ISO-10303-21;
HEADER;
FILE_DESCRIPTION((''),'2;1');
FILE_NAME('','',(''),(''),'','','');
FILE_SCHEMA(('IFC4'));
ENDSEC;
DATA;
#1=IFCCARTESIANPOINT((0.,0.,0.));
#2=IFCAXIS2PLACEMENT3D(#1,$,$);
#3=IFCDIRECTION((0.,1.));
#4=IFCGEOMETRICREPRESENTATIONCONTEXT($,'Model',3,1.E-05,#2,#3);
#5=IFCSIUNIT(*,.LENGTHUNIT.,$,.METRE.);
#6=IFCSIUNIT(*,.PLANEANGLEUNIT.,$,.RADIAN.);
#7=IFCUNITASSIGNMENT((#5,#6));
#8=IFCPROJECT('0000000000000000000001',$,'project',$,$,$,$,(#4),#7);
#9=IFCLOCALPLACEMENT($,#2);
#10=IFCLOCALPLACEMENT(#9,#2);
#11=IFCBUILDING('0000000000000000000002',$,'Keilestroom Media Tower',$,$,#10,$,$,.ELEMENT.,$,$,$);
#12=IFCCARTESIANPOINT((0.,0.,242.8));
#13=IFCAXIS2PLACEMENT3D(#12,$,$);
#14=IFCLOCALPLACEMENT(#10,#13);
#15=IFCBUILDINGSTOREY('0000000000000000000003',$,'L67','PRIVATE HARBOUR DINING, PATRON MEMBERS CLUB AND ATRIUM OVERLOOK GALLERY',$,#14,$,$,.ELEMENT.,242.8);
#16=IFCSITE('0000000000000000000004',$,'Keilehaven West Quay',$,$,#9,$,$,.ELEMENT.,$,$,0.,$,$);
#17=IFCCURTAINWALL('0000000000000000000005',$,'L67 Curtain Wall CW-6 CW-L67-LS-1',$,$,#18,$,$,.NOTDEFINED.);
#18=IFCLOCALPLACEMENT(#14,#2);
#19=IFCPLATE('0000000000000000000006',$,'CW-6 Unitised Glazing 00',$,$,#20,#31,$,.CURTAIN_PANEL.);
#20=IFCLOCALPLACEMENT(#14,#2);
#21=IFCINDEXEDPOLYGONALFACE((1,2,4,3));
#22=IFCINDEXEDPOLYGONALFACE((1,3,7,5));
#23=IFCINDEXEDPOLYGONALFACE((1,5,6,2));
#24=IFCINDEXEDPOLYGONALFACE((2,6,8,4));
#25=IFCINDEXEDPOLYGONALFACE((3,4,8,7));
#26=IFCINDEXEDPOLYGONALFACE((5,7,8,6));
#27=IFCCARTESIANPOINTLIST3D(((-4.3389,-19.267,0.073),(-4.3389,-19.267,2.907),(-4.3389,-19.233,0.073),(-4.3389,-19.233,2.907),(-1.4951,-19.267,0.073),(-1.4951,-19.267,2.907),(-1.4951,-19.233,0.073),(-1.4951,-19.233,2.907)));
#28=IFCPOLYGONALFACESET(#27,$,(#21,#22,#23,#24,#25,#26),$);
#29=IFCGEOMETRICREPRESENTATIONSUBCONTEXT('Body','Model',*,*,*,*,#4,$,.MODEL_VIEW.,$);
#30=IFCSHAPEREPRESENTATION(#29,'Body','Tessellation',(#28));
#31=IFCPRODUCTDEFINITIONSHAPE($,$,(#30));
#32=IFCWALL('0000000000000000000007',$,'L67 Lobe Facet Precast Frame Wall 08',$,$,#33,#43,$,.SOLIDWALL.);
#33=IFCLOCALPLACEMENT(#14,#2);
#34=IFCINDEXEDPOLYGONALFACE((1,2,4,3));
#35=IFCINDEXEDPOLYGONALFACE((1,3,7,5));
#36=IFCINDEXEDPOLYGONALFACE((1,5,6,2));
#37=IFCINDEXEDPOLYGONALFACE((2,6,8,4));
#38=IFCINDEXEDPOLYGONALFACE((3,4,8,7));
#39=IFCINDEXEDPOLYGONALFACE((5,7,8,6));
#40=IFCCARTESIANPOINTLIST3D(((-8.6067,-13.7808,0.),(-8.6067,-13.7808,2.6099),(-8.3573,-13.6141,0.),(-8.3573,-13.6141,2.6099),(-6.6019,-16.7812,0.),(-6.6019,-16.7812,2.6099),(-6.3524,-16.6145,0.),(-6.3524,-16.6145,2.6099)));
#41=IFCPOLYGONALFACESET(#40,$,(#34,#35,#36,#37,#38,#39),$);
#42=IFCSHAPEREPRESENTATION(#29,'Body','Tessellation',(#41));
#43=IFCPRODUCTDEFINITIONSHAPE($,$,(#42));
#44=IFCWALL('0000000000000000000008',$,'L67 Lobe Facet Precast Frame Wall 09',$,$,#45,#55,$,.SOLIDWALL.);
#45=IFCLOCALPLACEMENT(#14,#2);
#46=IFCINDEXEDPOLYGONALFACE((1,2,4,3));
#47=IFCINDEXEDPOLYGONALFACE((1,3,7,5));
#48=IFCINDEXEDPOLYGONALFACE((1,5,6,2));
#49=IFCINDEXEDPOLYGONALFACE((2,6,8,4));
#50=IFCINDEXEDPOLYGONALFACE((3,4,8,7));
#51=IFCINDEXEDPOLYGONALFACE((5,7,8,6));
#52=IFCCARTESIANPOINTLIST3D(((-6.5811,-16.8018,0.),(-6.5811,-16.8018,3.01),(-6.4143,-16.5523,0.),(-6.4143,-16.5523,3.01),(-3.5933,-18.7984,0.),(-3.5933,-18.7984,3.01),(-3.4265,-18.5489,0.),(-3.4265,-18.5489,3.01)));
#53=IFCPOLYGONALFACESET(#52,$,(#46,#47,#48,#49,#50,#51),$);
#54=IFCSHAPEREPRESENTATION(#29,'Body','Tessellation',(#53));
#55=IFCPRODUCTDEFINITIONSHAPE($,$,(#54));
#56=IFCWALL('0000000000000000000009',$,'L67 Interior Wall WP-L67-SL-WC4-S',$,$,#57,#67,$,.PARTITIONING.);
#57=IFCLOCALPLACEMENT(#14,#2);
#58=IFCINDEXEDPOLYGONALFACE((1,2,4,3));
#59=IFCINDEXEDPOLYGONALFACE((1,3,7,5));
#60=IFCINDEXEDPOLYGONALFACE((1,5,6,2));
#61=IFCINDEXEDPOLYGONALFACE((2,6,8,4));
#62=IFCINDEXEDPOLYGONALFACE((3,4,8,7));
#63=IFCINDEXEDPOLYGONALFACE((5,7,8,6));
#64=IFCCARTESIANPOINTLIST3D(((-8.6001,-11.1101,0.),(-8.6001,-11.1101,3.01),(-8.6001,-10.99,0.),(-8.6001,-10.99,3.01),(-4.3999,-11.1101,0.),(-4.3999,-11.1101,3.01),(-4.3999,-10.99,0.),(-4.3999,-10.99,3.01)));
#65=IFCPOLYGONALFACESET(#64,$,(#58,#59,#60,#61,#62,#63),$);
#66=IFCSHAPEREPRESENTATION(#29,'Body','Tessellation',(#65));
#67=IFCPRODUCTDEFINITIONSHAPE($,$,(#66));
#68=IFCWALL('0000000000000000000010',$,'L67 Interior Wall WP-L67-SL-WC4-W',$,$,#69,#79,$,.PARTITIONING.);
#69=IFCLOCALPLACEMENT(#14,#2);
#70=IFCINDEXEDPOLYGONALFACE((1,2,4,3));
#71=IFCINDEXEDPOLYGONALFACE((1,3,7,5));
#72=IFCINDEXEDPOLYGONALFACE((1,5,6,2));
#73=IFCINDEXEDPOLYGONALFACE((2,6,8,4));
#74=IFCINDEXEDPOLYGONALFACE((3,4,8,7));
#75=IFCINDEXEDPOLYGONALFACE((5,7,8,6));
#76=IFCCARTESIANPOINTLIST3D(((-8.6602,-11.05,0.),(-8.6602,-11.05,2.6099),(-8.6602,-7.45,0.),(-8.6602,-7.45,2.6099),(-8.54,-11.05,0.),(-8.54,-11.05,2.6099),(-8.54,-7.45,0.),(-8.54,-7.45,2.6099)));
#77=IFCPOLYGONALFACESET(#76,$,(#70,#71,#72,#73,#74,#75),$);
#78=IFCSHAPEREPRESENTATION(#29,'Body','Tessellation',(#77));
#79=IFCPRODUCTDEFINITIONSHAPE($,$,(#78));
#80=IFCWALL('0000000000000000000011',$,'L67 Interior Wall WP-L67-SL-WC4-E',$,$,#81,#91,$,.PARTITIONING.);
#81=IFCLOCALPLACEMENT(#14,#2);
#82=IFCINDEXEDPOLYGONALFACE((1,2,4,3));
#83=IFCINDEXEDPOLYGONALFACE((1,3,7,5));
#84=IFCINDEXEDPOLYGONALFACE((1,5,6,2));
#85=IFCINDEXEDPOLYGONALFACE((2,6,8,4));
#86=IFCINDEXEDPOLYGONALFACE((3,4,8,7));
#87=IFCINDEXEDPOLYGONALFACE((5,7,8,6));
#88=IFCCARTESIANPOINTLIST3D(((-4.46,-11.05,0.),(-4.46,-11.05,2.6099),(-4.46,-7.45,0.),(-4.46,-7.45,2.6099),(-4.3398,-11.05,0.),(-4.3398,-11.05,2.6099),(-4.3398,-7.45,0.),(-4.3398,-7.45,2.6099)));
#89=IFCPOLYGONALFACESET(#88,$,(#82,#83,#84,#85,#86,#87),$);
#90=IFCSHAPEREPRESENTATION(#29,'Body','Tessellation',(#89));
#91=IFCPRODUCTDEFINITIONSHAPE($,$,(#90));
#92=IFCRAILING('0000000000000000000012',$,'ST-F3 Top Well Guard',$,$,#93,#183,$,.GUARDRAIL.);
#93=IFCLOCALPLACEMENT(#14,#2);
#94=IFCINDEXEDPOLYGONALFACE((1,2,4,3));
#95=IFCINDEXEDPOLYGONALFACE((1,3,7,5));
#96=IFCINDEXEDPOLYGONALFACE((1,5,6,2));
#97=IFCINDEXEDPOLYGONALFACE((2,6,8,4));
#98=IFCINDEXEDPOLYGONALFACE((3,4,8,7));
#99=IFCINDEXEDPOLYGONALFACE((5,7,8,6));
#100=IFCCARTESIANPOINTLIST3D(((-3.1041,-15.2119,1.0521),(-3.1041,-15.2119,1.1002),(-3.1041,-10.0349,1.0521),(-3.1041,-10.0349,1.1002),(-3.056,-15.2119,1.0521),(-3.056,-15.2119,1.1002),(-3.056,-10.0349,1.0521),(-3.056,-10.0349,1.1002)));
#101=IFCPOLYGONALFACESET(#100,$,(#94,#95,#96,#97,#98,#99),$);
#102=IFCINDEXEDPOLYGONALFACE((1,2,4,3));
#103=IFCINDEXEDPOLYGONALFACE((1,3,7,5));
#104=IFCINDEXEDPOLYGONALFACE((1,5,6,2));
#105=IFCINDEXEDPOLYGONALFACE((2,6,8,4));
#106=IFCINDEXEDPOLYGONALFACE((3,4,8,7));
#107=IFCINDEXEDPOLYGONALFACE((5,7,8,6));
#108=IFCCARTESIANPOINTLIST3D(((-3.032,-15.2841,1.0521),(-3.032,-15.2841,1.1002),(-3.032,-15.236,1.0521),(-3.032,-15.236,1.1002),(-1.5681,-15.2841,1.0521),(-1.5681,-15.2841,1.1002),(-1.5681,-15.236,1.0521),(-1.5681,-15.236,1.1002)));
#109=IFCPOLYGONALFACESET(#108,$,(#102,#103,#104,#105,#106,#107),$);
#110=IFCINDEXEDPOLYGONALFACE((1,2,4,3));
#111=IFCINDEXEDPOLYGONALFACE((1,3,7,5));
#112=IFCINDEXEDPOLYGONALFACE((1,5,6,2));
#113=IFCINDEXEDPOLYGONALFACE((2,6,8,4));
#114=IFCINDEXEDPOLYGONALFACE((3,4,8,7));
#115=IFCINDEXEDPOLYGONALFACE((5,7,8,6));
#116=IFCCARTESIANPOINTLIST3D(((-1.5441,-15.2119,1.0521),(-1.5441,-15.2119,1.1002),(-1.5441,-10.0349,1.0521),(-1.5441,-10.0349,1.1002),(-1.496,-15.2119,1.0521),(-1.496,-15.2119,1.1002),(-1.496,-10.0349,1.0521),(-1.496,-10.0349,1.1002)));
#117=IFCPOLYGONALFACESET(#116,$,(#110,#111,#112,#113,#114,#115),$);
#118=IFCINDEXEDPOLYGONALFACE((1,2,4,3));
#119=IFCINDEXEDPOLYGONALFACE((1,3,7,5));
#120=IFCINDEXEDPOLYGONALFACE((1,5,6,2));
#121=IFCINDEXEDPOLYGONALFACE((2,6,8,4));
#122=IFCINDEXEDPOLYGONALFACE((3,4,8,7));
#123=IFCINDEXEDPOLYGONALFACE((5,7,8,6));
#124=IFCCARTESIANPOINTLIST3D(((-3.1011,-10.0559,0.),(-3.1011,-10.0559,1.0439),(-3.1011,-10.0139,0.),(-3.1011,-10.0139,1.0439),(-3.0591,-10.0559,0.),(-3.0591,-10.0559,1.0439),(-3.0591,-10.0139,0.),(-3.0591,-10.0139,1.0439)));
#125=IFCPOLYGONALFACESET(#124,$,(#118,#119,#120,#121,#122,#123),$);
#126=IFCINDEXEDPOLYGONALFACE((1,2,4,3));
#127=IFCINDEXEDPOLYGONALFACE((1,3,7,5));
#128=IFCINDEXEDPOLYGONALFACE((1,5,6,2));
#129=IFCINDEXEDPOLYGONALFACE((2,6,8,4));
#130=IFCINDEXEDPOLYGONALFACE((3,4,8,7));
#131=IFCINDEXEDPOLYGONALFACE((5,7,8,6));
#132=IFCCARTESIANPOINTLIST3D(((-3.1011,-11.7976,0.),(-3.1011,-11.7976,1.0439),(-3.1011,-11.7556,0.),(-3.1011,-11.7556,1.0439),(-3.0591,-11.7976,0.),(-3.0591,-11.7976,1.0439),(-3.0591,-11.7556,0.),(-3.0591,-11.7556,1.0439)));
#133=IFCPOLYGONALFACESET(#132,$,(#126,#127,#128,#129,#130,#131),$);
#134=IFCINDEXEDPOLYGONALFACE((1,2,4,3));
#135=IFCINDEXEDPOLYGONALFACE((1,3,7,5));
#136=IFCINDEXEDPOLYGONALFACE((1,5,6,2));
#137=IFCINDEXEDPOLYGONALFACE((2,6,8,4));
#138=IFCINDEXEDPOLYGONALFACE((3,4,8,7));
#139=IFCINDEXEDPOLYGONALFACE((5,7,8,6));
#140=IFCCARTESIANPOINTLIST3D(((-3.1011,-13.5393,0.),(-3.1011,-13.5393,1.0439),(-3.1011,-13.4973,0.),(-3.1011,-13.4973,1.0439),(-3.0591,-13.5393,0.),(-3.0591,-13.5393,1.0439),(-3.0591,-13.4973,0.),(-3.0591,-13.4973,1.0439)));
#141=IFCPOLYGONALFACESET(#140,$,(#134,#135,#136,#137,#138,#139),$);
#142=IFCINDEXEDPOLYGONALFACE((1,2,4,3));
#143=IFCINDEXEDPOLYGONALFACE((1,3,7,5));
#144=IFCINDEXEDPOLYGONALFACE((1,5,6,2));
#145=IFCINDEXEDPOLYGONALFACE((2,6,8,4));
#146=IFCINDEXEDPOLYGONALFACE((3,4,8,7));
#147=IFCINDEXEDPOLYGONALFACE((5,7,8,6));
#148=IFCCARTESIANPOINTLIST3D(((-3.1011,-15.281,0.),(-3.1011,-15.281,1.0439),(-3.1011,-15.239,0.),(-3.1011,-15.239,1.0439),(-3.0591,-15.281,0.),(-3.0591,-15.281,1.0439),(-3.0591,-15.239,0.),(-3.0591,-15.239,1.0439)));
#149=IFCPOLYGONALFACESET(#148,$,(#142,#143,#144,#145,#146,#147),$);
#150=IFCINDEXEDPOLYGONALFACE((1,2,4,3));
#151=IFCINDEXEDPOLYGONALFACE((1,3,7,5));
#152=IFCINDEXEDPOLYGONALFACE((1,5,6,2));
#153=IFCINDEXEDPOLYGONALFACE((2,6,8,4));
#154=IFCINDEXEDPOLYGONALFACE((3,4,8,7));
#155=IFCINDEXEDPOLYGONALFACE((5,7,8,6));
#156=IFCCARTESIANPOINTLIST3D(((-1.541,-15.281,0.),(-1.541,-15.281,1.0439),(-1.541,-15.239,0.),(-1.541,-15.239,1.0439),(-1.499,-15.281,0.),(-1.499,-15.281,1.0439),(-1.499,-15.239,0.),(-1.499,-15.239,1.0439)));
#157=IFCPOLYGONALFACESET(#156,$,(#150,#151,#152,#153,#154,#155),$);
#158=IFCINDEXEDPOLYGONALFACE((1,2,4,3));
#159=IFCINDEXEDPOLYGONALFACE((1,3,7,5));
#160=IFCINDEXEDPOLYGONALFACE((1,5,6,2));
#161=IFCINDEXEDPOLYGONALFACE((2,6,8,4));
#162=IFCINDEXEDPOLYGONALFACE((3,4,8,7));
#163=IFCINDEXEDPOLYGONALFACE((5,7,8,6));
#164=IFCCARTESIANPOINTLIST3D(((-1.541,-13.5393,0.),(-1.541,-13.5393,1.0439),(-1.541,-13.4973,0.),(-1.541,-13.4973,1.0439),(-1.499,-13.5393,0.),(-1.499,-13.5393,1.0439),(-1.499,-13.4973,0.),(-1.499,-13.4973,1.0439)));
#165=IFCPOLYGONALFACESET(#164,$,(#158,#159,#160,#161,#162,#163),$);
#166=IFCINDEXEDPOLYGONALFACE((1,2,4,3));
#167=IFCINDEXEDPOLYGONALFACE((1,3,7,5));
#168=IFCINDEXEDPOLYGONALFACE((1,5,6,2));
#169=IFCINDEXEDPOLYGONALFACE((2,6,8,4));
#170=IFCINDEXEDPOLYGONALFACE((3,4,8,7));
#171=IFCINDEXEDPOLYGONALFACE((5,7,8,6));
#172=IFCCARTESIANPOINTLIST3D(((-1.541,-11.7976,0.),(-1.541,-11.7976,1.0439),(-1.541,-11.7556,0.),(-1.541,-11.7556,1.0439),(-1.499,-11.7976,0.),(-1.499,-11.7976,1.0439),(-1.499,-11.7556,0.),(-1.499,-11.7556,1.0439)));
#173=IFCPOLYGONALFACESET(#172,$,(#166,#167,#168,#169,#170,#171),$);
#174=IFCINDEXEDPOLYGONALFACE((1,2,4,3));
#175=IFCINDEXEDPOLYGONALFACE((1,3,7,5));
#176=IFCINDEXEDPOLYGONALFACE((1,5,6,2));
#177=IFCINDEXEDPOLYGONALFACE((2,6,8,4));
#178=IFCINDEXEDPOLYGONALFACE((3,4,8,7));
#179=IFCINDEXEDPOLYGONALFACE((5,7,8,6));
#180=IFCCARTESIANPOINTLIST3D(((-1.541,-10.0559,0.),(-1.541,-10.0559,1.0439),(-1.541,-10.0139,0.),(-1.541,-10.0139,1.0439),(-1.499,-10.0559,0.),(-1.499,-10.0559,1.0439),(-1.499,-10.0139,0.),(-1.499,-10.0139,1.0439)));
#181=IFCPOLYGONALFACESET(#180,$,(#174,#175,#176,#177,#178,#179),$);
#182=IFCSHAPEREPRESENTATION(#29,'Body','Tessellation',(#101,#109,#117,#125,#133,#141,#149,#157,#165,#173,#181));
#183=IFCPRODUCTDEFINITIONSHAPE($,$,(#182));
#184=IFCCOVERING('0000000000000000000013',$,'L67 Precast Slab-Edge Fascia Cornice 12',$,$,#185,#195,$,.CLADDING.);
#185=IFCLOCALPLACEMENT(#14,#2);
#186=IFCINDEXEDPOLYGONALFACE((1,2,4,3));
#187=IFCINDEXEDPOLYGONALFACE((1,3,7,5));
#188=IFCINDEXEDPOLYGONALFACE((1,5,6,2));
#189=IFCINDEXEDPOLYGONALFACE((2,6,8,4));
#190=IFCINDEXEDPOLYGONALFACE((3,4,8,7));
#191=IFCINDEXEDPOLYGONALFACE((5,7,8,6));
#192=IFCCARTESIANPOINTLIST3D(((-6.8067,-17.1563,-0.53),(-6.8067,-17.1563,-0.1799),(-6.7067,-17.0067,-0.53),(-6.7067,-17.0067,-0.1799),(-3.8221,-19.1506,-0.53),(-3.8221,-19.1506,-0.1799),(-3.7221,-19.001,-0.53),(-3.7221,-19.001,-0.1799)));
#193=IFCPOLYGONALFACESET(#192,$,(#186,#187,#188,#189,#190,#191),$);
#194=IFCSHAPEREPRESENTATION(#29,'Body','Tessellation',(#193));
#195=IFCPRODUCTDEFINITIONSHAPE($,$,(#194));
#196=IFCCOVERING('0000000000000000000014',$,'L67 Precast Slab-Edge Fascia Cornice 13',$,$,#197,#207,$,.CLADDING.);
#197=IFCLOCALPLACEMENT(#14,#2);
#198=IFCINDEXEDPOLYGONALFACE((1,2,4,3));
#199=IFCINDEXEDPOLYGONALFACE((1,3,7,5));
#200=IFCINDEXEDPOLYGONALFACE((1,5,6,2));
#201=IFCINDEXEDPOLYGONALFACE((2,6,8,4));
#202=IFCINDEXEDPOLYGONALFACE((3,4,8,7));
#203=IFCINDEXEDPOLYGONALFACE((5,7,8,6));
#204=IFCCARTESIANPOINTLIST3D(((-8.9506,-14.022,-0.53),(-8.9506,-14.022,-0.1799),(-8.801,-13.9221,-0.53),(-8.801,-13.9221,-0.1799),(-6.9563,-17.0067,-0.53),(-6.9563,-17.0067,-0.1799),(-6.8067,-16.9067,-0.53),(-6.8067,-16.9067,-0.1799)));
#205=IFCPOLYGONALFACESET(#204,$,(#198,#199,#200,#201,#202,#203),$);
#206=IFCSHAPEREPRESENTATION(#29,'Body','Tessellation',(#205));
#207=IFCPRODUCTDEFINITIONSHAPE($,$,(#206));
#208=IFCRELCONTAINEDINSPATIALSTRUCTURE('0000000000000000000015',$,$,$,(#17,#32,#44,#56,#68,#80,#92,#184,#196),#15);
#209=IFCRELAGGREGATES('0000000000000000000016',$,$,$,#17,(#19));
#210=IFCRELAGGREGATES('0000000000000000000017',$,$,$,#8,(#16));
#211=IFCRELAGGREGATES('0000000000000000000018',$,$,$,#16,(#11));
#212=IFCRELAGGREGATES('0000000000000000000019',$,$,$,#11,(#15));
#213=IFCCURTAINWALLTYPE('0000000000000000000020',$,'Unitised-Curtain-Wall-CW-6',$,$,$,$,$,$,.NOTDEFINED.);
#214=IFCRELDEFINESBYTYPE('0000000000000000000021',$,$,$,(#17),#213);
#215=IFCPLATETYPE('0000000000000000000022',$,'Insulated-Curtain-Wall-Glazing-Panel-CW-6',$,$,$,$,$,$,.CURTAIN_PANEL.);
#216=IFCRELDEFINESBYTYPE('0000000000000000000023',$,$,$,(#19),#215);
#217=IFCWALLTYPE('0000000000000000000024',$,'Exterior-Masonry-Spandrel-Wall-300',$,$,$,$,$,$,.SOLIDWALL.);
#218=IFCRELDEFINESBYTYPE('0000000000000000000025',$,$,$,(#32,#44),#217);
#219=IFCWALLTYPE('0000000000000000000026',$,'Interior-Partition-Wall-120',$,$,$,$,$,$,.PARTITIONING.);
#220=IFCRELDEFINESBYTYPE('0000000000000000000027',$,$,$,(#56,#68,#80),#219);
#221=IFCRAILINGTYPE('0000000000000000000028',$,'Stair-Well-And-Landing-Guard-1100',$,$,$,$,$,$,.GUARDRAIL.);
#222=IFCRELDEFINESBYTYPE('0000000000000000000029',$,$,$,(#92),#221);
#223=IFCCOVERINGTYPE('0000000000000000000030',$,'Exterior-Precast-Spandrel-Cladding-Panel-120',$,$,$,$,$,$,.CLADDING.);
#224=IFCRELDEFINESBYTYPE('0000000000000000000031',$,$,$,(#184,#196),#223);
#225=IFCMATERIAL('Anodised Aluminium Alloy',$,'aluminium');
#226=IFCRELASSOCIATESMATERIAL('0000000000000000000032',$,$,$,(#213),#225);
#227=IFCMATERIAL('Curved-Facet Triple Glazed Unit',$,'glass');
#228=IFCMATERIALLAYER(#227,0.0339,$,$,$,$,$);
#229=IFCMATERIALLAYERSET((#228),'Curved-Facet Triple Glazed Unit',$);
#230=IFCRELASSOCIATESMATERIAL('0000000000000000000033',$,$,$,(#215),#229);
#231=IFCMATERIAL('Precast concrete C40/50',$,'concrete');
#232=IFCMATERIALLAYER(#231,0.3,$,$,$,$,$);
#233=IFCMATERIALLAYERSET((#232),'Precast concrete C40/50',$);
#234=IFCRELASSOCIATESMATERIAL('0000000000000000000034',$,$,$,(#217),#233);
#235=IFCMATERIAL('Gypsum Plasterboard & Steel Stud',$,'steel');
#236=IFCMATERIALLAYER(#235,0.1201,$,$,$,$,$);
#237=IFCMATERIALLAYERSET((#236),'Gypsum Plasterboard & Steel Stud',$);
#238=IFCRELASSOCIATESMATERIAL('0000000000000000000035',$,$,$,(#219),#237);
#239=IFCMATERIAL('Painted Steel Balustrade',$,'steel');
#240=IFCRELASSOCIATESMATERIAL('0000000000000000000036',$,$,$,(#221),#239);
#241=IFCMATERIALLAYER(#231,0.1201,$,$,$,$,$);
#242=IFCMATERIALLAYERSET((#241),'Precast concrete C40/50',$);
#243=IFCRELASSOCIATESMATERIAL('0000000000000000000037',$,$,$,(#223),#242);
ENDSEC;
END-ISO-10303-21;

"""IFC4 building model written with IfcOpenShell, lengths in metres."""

from ifc_helpers import new_model, si_unit, direction, frame, frame_2d, origin, origin_2d, place, context, subcontext, project, spatial, rectangle, extrude, source, transform, mapped, material, layer, layer_set, type_object, element, aggregate, save


model = new_model("IFC4")

# Units and contexts
model_context = context("Model", 3, precision=1e-05, world=origin(), true_north=direction((0.0, 1.0)))
body_context = subcontext(model_context, "Body", "Model", "MODEL_VIEW")
ifc_project = project(units=[si_unit("LENGTHUNIT", "METRE"), si_unit("PLANEANGLEUNIT", "RADIAN")], contexts=[model_context])

# Site, building, storey
site_placement = place(None, origin())
site = spatial("IfcSite", under=ifc_project, at=site_placement, Name="Keilehaven West Quay", CompositionType="ELEMENT", RefElevation=0.0)
building_placement = place(site_placement, origin())
building = spatial("IfcBuilding", under=site, at=building_placement, Name="Keilestroom Media Tower", CompositionType="ELEMENT")
storey_placement = place(building_placement, frame((0.0, 0.0, 242.8)))
storey = spatial("IfcBuildingStorey", under=building, at=storey_placement, Name="L67", Description="PRIVATE HARBOUR DINING, PATRON MEMBERS CLUB AND ATRIUM OVERLOOK GALLERY", CompositionType="ELEMENT", Elevation=242.8)

# Curtain wall, plate
ifc_material_1 = material(Name="Anodised Aluminium Alloy", Category="aluminium")
curtain_wall_type = type_object("IfcCurtainWallType", Name="Unitised-Curtain-Wall-CW-6", PredefinedType="NOTDEFINED", material=ifc_material_1)
curtain_wall_placement = place(storey_placement, origin())
curtain_wall = element("IfcCurtainWall", 1, at=curtain_wall_placement, inside=storey, type_object=curtain_wall_type, Name="L67 Curtain Wall CW-6 CW-L67-LS-1", PredefinedType="NOTDEFINED")
ifc_material_2 = material(Name="Curved-Facet Triple Glazed Unit", Category="glass")
ifc_layer_1 = layer(ifc_material_2, 0.0339)
ifc_layer_set_1 = layer_set([ifc_layer_1], Name="Curved-Facet Triple Glazed Unit")
plate_type = type_object("IfcPlateType", Name="Insulated-Curtain-Wall-Glazing-Panel-CW-6", PredefinedType="CURTAIN_PANEL", material=ifc_layer_set_1)
shared_shape_1 = source(origin(), body_context, "Body", "SweptSolid", [
    extrude(rectangle(XDim=2.8438, YDim=0.0339, at=origin_2d()), origin(), (0.0, 0.0, 1.0), 2.834),
])
plate_placement = place(storey_placement, frame((-2.917, -19.25, 0.073), z_axis=(0.0, 0.0, 1.0), x_axis=(1.0, 0.0, 0.0)))
plate = element("IfcPlate", 2, at=plate_placement, type_object=plate_type, Name="CW-6 Unitised Glazing 00", PredefinedType="CURTAIN_PANEL", context=body_context, shape_type="MappedRepresentation", body=[
    mapped(shared_shape_1, transform((0.0, 0.0, 0.0), x_axis=(1.0, 0.0, 0.0), y_axis=(0.0, 1.0, 0.0), z_axis=(0.0, 0.0, 1.0), scale=1.0)),
])
aggregate(curtain_wall, [plate])

# Walls
ifc_material_3 = material(Name="Precast concrete C40/50", Category="concrete")
ifc_layer_2 = layer(ifc_material_3, 0.3)
ifc_layer_set_2 = layer_set([ifc_layer_2], Name="Precast concrete C40/50")
wall_type_1 = type_object("IfcWallType", Name="Exterior-Masonry-Spandrel-Wall-300", PredefinedType="SOLIDWALL", material=ifc_layer_set_2)
wall_1_placement = place(storey_placement, frame((-8.4819, -13.6975, 0.0), z_axis=(0.0, 0.0, 1.0), x_axis=(0.555574, -0.831467, 0.0)))
element("IfcWall", 3, at=wall_1_placement, inside=storey, type_object=wall_type_1, Name="L67 Lobe Facet Precast Frame Wall 08", PredefinedType="SOLIDWALL", context=body_context, shape_type="SweptSolid", body=[
    extrude(rectangle(XDim=3.6086, YDim=0.3, at=frame_2d((1.8042, 0.0))), origin(), (0.0, 0.0, 1.0), 2.6099),
])
wall_2_placement = place(storey_placement, frame((-6.4978, -16.677, 0.0), z_axis=(0.0, 0.0, 1.0), x_axis=(0.831444, -0.555609, 0.0)))
element("IfcWall", 4, at=wall_2_placement, inside=storey, type_object=wall_type_1, Name="L67 Lobe Facet Precast Frame Wall 09", PredefinedType="SOLIDWALL", context=body_context, shape_type="SweptSolid", body=[
    extrude(rectangle(XDim=3.5935, YDim=0.3, at=frame_2d((1.7969, 0.0))), origin(), (0.0, 0.0, 1.0), 3.01),
])
ifc_material_4 = material(Name="Gypsum Plasterboard & Steel Stud", Category="steel")
ifc_layer_3 = layer(ifc_material_4, 0.1201)
ifc_layer_set_3 = layer_set([ifc_layer_3], Name="Gypsum Plasterboard & Steel Stud")
wall_type_2 = type_object("IfcWallType", Name="Interior-Partition-Wall-120", PredefinedType="PARTITIONING", material=ifc_layer_set_3)
wall_3_placement = place(storey_placement, frame((-8.6001, -11.05, 0.0), z_axis=(0.0, 0.0, 1.0), x_axis=(1.0, 0.0, 0.0)))
element("IfcWall", 5, at=wall_3_placement, inside=storey, type_object=wall_type_2, Name="L67 Interior Wall WP-L67-SL-WC4-S", PredefinedType="PARTITIONING", context=body_context, shape_type="SweptSolid", body=[
    extrude(rectangle(XDim=4.2002, YDim=0.1201, at=frame_2d((2.1001, 0.0))), origin(), (0.0, 0.0, 1.0), 3.01),
])
for number, where, z_axis, x_axis, name in (
    (6, (-8.6001, -11.05, 0.0), (0.0, 0.0, 1.0), (0.0, 1.0, 0.0), "L67 Interior Wall WP-L67-SL-WC4-W"),
    (7, (-4.3999, -11.05, 0.0), (0.0, 0.0, 1.0), (0.0, 1.0, 0.0), "L67 Interior Wall WP-L67-SL-WC4-E"),
):
    element("IfcWall", number, at=place(storey_placement, frame(where, z_axis=z_axis, x_axis=x_axis)), inside=storey, type_object=wall_type_2, Name=name, PredefinedType="PARTITIONING", context=body_context, shape_type="SweptSolid", body=[
        extrude(rectangle(XDim=3.6001, YDim=0.1201, at=frame_2d((1.8, 0.0))), origin(), (0.0, 0.0, 1.0), 2.6099),
    ])

# Railing
ifc_material_5 = material(Name="Painted Steel Balustrade", Category="steel")
railing_type = type_object("IfcRailingType", Name="Stair-Well-And-Landing-Guard-1100", PredefinedType="GUARDRAIL", material=ifc_material_5)
railing_placement = place(storey_placement, frame((-3.0801, -10.0349, 0.0)))
element("IfcRailing", 8, at=railing_placement, inside=storey, type_object=railing_type, Name="ST-F3 Top Well Guard", PredefinedType="GUARDRAIL", context=body_context, shape_type="SweptSolid", body=[
    extrude(rectangle(XDim=0.0481, YDim=0.0481, at=origin_2d()), frame((0.0, 0.0, 1.0762), z_axis=(0.0, -1.0, 0.0), x_axis=(1.0, 0.0, 0.0)), (0.0, 0.0, 1.0), 5.177),
    extrude(rectangle(XDim=0.0481, YDim=0.0481, at=origin_2d()), frame((0.0481, -5.2251, 1.0762), z_axis=(1.0, 0.0, 0.0), x_axis=(0.0, 1.0, 0.0)), (0.0, 0.0, 1.0), 1.4639),
    extrude(rectangle(XDim=0.0481, YDim=0.0481, at=origin_2d()), frame((1.5601, -5.177, 1.0762), z_axis=(0.0, 1.0, 0.0), x_axis=(-1.0, 0.0, 0.0)), (0.0, 0.0, 1.0), 5.177),
    extrude(rectangle(XDim=0.042, YDim=0.042, at=origin_2d()), origin(), (0.0, 0.0, 1.0), 1.0439),
    extrude(rectangle(XDim=0.042, YDim=0.042, at=origin_2d()), frame((0.0, -1.7417, 0.0)), (0.0, 0.0, 1.0), 1.0439),
    extrude(rectangle(XDim=0.042, YDim=0.042, at=origin_2d()), frame((0.0, -3.4834, 0.0)), (0.0, 0.0, 1.0), 1.0439),
    extrude(rectangle(XDim=0.042, YDim=0.042, at=origin_2d()), frame((0.0, -5.2251, 0.0)), (0.0, 0.0, 1.0), 1.0439),
    extrude(rectangle(XDim=0.042, YDim=0.042, at=origin_2d()), frame((1.5601, -5.2251, 0.0)), (0.0, 0.0, 1.0), 1.0439),
    extrude(rectangle(XDim=0.042, YDim=0.042, at=origin_2d()), frame((1.5601, -3.4834, 0.0)), (0.0, 0.0, 1.0), 1.0439),
    extrude(rectangle(XDim=0.042, YDim=0.042, at=origin_2d()), frame((1.5601, -1.7417, 0.0)), (0.0, 0.0, 1.0), 1.0439),
    extrude(rectangle(XDim=0.042, YDim=0.042, at=origin_2d()), frame((1.5601, 0.0, 0.0)), (0.0, 0.0, 1.0), 1.0439),
])

# Coverings
ifc_layer_4 = layer(ifc_material_3, 0.1201)
ifc_layer_set_4 = layer_set([ifc_layer_4], Name="Precast concrete C40/50")
covering_type = type_object("IfcCoveringType", Name="Exterior-Precast-Spandrel-Cladding-Panel-120", PredefinedType="CLADDING", material=ifc_layer_set_4)
shared_shape_2 = source(origin(), body_context, "Body", "SweptSolid", [
    extrude(rectangle(XDim=3.5896, YDim=0.1799, at=origin_2d()), origin(), (0.0, 0.0, 1.0), 0.3501),
])
for number, where, z_axis, x_axis, name in (
    (9, (-5.2644, -18.0786, -0.53), (0.0, 0.0, 1.0), (-0.831467, 0.555575, 0.0), "L67 Precast Slab-Edge Fascia Cornice 12"),
    (10, (-7.8787, -15.4644, -0.53), (0.0, 0.0, 1.0), (-0.555575, 0.831467, 0.0), "L67 Precast Slab-Edge Fascia Cornice 13"),
):
    element("IfcCovering", number, at=place(storey_placement, frame(where, z_axis=z_axis, x_axis=x_axis)), inside=storey, type_object=covering_type, Name=name, PredefinedType="CLADDING", context=body_context, shape_type="MappedRepresentation", body=[
        mapped(shared_shape_2, transform((0.0, 0.0, 0.0), x_axis=(1.0, 0.0, 0.0), y_axis=(0.0, 1.0, 0.0), z_axis=(0.0, 0.0, 1.0), scale=1.0)),
    ])

save(model, "model.ifc")
